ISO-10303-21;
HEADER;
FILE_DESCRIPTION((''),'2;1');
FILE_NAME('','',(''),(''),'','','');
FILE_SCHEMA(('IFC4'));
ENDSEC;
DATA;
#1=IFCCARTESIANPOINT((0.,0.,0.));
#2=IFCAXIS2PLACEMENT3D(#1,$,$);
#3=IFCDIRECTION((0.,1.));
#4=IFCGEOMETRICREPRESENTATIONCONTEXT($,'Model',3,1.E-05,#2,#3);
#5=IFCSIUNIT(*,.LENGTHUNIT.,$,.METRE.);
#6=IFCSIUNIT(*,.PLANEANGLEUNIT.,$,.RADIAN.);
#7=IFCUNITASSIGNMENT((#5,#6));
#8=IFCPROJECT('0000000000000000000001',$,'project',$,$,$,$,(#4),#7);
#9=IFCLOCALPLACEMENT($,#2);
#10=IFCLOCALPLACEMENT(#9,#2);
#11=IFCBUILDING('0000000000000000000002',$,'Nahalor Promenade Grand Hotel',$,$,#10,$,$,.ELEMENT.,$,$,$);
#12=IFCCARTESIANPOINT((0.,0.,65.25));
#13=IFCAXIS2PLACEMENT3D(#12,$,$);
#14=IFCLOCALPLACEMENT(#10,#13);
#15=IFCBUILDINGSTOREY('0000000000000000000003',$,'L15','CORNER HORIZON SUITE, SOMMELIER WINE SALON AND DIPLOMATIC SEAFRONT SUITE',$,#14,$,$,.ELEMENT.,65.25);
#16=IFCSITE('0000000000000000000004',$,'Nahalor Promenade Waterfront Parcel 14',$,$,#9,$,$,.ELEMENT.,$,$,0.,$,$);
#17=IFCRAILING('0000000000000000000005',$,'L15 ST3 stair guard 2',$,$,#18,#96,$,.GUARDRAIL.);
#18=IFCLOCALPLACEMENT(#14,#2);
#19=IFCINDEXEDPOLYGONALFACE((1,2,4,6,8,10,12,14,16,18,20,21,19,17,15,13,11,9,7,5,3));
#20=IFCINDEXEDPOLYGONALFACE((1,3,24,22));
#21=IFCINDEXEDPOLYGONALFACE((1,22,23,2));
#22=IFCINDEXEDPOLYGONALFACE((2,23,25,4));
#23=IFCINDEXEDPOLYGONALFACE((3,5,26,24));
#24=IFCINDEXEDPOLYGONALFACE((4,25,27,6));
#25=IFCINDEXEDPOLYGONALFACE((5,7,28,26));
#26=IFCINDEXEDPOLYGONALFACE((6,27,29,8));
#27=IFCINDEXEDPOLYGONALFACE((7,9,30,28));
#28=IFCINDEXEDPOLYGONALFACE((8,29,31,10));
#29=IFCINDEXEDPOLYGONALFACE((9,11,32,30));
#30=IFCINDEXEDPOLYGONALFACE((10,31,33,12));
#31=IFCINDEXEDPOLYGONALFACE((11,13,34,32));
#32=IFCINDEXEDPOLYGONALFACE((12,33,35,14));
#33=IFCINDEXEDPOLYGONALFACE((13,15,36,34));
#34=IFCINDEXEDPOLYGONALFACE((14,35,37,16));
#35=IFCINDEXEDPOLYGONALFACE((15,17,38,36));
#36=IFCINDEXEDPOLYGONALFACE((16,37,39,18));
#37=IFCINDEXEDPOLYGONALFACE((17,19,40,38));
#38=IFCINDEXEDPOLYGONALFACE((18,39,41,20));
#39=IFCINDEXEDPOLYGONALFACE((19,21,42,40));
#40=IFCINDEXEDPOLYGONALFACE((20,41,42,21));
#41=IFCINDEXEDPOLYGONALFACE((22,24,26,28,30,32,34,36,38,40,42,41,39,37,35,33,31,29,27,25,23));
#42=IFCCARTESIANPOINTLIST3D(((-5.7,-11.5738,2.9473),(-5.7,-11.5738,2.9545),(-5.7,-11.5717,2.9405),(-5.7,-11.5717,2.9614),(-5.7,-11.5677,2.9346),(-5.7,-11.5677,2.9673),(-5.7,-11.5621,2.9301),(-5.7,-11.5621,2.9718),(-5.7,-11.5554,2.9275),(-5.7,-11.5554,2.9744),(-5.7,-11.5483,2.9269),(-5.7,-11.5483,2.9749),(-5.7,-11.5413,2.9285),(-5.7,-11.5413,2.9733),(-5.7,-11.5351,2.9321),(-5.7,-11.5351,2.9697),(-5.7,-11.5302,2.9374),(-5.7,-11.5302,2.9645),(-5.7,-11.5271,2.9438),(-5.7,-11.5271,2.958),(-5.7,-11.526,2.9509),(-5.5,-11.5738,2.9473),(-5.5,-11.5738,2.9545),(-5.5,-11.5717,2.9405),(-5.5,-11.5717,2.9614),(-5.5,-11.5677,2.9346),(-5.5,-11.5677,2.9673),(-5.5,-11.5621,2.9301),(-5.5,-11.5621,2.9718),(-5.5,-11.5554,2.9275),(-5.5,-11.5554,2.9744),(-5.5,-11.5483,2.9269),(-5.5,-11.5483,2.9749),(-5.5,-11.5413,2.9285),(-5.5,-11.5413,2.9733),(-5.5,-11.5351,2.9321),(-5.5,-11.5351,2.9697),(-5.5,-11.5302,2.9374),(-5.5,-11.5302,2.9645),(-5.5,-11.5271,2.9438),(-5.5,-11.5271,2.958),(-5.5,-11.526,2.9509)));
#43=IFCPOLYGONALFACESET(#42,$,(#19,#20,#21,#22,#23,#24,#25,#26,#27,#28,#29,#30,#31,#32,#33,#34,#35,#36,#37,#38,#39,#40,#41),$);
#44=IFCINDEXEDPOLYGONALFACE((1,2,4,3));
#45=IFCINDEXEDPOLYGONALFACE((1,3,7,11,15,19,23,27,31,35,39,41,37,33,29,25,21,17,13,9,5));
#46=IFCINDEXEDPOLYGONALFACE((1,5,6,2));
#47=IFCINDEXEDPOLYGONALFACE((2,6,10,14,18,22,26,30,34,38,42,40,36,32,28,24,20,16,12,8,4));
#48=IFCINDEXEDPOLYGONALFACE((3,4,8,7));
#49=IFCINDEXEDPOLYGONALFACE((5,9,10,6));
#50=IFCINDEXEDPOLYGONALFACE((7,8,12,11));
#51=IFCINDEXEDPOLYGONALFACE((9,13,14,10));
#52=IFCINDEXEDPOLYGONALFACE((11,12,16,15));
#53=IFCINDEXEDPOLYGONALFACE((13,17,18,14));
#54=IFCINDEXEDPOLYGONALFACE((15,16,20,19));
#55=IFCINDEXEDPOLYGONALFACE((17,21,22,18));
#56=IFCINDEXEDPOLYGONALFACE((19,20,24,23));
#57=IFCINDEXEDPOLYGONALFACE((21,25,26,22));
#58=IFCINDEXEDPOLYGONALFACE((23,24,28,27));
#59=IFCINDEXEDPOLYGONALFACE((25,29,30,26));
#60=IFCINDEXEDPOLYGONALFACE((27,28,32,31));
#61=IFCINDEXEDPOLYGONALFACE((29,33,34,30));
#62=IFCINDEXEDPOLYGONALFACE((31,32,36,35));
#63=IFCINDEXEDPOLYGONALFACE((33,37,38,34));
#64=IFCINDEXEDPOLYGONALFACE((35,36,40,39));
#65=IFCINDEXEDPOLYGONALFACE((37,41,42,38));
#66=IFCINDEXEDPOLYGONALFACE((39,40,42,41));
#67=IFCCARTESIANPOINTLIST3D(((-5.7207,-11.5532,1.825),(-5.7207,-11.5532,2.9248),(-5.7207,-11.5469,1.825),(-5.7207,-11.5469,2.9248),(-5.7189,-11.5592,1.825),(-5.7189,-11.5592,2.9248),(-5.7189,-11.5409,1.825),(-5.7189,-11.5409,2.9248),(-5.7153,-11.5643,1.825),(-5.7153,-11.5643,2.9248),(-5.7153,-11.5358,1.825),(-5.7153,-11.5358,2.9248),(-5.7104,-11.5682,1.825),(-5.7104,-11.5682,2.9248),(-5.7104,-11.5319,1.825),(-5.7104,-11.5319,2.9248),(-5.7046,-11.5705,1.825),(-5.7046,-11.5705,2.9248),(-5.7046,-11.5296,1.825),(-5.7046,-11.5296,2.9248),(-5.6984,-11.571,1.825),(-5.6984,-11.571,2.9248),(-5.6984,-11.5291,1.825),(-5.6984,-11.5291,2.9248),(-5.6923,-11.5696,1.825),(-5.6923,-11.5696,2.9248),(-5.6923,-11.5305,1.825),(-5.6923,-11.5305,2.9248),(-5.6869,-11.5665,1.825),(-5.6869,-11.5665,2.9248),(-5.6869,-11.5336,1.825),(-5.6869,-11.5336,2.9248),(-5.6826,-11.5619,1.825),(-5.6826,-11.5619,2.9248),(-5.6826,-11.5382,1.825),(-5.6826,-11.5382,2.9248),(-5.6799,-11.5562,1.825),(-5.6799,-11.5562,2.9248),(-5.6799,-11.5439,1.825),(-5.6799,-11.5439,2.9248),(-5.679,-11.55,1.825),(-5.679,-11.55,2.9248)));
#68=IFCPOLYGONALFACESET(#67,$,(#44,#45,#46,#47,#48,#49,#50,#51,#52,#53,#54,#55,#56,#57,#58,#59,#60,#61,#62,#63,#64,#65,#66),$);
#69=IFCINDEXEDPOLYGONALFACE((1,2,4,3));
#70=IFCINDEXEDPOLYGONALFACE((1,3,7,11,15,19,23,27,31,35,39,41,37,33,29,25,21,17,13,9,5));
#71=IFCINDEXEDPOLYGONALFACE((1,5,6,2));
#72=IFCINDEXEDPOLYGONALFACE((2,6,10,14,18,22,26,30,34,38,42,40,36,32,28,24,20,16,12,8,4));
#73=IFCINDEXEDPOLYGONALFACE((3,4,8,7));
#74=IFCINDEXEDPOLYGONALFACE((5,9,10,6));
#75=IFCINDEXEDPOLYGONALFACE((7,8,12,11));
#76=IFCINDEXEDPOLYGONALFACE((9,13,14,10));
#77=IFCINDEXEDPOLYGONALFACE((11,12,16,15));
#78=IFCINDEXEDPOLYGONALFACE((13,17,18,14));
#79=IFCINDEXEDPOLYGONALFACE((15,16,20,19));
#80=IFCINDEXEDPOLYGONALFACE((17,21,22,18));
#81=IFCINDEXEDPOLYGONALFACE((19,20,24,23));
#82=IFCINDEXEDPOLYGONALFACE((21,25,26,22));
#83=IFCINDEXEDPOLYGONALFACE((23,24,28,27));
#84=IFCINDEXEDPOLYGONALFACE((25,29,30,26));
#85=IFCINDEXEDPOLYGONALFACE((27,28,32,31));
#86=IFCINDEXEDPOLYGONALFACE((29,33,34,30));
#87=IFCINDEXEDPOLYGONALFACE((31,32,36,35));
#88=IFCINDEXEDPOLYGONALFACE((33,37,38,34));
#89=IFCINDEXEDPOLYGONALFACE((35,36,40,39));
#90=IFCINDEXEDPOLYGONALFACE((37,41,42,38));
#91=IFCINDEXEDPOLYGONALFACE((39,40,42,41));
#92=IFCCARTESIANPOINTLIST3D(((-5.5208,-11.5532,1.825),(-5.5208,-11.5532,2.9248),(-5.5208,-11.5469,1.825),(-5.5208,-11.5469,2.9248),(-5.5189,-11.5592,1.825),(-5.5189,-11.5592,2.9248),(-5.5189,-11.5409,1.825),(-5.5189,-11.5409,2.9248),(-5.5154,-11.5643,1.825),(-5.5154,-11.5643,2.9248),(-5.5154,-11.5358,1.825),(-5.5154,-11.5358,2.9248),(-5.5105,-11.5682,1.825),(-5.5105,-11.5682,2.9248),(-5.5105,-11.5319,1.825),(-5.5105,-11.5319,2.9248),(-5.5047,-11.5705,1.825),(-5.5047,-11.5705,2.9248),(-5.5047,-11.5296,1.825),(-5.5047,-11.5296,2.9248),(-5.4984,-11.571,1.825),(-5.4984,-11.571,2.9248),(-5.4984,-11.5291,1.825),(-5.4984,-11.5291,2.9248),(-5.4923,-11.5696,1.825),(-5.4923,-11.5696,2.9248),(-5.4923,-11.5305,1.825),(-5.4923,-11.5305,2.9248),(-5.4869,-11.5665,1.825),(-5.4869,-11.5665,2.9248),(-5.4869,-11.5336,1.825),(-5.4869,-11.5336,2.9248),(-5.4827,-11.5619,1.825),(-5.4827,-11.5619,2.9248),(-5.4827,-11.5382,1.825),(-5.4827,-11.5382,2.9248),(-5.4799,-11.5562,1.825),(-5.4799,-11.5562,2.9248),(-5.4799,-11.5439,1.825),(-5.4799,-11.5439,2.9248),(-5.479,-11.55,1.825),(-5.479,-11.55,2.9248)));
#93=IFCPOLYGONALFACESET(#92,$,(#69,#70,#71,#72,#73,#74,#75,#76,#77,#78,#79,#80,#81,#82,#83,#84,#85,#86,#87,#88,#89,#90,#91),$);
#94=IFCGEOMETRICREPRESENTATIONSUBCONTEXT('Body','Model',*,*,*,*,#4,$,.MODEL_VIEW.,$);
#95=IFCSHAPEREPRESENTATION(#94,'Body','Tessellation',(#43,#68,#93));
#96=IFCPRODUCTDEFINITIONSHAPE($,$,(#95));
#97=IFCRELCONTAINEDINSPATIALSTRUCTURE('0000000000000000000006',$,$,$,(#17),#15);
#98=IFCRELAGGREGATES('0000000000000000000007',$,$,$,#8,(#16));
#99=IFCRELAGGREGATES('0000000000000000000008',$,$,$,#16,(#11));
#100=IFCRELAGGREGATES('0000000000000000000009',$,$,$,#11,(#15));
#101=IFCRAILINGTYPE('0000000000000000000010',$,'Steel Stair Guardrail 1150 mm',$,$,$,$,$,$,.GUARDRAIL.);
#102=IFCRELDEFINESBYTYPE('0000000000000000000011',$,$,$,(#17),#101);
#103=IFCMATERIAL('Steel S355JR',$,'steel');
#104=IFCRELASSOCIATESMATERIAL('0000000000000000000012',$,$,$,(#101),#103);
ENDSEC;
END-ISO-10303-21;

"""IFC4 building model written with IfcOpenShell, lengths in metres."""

from ifc_helpers import new_model, si_unit, direction, frame, origin, origin_2d, place, context, subcontext, project, spatial, circle, extrude, material, type_object, element, save


model = new_model("IFC4")

# Units and contexts
model_context = context("Model", 3, precision=1e-05, world=origin(), true_north=direction((0.0, 1.0)))
body_context = subcontext(model_context, "Body", "Model", "MODEL_VIEW")
ifc_project = project(units=[si_unit("LENGTHUNIT", "METRE"), si_unit("PLANEANGLEUNIT", "RADIAN")], contexts=[model_context])

# Site, building, storey
site_placement = place(None, origin())
site = spatial("IfcSite", under=ifc_project, at=site_placement, Name="Nahalor Promenade Waterfront Parcel 14", CompositionType="ELEMENT", RefElevation=0.0)
building_placement = place(site_placement, origin())
building = spatial("IfcBuilding", under=site, at=building_placement, Name="Nahalor Promenade Grand Hotel", CompositionType="ELEMENT")
storey_placement = place(building_placement, frame((0.0, 0.0, 65.25)))
storey = spatial("IfcBuildingStorey", under=building, at=storey_placement, Name="L15", Description="CORNER HORIZON SUITE, SOMMELIER WINE SALON AND DIPLOMATIC SEAFRONT SUITE", CompositionType="ELEMENT", Elevation=65.25)

# Shared definitions
ifc_material_1 = material(Name="Steel S355JR", Category="steel")

# Railing
railing_type_1 = type_object("IfcRailingType", Name="Steel Stair Guardrail 1150 mm", PredefinedType="GUARDRAIL", material=ifc_material_1)
railing_1_placement = place(storey_placement, frame((-5.7, -11.55, 1.825)))
element("IfcRailing", 1, at=railing_1_placement, inside=storey, type_object=railing_type_1, Name="L15 ST3 stair guard 2", PredefinedType="GUARDRAIL", context=body_context, shape_type="SweptSolid", body=[
    extrude(circle(Radius=0.024, at=origin_2d()), frame((0.0, 0.0, 1.126), z_axis=(1.0, 0.0, 0.0), x_axis=(0.0, 1.0, 0.0)), (0.0, 0.0, 1.0), 0.2),
    extrude(circle(Radius=0.021, at=origin_2d()), origin(), (0.0, 0.0, 1.0), 1.0999),
    extrude(circle(Radius=0.021, at=origin_2d()), frame((0.2, 0.0, 0.0)), (0.0, 0.0, 1.0), 1.0999),
])

save(model, "model.ifc")
